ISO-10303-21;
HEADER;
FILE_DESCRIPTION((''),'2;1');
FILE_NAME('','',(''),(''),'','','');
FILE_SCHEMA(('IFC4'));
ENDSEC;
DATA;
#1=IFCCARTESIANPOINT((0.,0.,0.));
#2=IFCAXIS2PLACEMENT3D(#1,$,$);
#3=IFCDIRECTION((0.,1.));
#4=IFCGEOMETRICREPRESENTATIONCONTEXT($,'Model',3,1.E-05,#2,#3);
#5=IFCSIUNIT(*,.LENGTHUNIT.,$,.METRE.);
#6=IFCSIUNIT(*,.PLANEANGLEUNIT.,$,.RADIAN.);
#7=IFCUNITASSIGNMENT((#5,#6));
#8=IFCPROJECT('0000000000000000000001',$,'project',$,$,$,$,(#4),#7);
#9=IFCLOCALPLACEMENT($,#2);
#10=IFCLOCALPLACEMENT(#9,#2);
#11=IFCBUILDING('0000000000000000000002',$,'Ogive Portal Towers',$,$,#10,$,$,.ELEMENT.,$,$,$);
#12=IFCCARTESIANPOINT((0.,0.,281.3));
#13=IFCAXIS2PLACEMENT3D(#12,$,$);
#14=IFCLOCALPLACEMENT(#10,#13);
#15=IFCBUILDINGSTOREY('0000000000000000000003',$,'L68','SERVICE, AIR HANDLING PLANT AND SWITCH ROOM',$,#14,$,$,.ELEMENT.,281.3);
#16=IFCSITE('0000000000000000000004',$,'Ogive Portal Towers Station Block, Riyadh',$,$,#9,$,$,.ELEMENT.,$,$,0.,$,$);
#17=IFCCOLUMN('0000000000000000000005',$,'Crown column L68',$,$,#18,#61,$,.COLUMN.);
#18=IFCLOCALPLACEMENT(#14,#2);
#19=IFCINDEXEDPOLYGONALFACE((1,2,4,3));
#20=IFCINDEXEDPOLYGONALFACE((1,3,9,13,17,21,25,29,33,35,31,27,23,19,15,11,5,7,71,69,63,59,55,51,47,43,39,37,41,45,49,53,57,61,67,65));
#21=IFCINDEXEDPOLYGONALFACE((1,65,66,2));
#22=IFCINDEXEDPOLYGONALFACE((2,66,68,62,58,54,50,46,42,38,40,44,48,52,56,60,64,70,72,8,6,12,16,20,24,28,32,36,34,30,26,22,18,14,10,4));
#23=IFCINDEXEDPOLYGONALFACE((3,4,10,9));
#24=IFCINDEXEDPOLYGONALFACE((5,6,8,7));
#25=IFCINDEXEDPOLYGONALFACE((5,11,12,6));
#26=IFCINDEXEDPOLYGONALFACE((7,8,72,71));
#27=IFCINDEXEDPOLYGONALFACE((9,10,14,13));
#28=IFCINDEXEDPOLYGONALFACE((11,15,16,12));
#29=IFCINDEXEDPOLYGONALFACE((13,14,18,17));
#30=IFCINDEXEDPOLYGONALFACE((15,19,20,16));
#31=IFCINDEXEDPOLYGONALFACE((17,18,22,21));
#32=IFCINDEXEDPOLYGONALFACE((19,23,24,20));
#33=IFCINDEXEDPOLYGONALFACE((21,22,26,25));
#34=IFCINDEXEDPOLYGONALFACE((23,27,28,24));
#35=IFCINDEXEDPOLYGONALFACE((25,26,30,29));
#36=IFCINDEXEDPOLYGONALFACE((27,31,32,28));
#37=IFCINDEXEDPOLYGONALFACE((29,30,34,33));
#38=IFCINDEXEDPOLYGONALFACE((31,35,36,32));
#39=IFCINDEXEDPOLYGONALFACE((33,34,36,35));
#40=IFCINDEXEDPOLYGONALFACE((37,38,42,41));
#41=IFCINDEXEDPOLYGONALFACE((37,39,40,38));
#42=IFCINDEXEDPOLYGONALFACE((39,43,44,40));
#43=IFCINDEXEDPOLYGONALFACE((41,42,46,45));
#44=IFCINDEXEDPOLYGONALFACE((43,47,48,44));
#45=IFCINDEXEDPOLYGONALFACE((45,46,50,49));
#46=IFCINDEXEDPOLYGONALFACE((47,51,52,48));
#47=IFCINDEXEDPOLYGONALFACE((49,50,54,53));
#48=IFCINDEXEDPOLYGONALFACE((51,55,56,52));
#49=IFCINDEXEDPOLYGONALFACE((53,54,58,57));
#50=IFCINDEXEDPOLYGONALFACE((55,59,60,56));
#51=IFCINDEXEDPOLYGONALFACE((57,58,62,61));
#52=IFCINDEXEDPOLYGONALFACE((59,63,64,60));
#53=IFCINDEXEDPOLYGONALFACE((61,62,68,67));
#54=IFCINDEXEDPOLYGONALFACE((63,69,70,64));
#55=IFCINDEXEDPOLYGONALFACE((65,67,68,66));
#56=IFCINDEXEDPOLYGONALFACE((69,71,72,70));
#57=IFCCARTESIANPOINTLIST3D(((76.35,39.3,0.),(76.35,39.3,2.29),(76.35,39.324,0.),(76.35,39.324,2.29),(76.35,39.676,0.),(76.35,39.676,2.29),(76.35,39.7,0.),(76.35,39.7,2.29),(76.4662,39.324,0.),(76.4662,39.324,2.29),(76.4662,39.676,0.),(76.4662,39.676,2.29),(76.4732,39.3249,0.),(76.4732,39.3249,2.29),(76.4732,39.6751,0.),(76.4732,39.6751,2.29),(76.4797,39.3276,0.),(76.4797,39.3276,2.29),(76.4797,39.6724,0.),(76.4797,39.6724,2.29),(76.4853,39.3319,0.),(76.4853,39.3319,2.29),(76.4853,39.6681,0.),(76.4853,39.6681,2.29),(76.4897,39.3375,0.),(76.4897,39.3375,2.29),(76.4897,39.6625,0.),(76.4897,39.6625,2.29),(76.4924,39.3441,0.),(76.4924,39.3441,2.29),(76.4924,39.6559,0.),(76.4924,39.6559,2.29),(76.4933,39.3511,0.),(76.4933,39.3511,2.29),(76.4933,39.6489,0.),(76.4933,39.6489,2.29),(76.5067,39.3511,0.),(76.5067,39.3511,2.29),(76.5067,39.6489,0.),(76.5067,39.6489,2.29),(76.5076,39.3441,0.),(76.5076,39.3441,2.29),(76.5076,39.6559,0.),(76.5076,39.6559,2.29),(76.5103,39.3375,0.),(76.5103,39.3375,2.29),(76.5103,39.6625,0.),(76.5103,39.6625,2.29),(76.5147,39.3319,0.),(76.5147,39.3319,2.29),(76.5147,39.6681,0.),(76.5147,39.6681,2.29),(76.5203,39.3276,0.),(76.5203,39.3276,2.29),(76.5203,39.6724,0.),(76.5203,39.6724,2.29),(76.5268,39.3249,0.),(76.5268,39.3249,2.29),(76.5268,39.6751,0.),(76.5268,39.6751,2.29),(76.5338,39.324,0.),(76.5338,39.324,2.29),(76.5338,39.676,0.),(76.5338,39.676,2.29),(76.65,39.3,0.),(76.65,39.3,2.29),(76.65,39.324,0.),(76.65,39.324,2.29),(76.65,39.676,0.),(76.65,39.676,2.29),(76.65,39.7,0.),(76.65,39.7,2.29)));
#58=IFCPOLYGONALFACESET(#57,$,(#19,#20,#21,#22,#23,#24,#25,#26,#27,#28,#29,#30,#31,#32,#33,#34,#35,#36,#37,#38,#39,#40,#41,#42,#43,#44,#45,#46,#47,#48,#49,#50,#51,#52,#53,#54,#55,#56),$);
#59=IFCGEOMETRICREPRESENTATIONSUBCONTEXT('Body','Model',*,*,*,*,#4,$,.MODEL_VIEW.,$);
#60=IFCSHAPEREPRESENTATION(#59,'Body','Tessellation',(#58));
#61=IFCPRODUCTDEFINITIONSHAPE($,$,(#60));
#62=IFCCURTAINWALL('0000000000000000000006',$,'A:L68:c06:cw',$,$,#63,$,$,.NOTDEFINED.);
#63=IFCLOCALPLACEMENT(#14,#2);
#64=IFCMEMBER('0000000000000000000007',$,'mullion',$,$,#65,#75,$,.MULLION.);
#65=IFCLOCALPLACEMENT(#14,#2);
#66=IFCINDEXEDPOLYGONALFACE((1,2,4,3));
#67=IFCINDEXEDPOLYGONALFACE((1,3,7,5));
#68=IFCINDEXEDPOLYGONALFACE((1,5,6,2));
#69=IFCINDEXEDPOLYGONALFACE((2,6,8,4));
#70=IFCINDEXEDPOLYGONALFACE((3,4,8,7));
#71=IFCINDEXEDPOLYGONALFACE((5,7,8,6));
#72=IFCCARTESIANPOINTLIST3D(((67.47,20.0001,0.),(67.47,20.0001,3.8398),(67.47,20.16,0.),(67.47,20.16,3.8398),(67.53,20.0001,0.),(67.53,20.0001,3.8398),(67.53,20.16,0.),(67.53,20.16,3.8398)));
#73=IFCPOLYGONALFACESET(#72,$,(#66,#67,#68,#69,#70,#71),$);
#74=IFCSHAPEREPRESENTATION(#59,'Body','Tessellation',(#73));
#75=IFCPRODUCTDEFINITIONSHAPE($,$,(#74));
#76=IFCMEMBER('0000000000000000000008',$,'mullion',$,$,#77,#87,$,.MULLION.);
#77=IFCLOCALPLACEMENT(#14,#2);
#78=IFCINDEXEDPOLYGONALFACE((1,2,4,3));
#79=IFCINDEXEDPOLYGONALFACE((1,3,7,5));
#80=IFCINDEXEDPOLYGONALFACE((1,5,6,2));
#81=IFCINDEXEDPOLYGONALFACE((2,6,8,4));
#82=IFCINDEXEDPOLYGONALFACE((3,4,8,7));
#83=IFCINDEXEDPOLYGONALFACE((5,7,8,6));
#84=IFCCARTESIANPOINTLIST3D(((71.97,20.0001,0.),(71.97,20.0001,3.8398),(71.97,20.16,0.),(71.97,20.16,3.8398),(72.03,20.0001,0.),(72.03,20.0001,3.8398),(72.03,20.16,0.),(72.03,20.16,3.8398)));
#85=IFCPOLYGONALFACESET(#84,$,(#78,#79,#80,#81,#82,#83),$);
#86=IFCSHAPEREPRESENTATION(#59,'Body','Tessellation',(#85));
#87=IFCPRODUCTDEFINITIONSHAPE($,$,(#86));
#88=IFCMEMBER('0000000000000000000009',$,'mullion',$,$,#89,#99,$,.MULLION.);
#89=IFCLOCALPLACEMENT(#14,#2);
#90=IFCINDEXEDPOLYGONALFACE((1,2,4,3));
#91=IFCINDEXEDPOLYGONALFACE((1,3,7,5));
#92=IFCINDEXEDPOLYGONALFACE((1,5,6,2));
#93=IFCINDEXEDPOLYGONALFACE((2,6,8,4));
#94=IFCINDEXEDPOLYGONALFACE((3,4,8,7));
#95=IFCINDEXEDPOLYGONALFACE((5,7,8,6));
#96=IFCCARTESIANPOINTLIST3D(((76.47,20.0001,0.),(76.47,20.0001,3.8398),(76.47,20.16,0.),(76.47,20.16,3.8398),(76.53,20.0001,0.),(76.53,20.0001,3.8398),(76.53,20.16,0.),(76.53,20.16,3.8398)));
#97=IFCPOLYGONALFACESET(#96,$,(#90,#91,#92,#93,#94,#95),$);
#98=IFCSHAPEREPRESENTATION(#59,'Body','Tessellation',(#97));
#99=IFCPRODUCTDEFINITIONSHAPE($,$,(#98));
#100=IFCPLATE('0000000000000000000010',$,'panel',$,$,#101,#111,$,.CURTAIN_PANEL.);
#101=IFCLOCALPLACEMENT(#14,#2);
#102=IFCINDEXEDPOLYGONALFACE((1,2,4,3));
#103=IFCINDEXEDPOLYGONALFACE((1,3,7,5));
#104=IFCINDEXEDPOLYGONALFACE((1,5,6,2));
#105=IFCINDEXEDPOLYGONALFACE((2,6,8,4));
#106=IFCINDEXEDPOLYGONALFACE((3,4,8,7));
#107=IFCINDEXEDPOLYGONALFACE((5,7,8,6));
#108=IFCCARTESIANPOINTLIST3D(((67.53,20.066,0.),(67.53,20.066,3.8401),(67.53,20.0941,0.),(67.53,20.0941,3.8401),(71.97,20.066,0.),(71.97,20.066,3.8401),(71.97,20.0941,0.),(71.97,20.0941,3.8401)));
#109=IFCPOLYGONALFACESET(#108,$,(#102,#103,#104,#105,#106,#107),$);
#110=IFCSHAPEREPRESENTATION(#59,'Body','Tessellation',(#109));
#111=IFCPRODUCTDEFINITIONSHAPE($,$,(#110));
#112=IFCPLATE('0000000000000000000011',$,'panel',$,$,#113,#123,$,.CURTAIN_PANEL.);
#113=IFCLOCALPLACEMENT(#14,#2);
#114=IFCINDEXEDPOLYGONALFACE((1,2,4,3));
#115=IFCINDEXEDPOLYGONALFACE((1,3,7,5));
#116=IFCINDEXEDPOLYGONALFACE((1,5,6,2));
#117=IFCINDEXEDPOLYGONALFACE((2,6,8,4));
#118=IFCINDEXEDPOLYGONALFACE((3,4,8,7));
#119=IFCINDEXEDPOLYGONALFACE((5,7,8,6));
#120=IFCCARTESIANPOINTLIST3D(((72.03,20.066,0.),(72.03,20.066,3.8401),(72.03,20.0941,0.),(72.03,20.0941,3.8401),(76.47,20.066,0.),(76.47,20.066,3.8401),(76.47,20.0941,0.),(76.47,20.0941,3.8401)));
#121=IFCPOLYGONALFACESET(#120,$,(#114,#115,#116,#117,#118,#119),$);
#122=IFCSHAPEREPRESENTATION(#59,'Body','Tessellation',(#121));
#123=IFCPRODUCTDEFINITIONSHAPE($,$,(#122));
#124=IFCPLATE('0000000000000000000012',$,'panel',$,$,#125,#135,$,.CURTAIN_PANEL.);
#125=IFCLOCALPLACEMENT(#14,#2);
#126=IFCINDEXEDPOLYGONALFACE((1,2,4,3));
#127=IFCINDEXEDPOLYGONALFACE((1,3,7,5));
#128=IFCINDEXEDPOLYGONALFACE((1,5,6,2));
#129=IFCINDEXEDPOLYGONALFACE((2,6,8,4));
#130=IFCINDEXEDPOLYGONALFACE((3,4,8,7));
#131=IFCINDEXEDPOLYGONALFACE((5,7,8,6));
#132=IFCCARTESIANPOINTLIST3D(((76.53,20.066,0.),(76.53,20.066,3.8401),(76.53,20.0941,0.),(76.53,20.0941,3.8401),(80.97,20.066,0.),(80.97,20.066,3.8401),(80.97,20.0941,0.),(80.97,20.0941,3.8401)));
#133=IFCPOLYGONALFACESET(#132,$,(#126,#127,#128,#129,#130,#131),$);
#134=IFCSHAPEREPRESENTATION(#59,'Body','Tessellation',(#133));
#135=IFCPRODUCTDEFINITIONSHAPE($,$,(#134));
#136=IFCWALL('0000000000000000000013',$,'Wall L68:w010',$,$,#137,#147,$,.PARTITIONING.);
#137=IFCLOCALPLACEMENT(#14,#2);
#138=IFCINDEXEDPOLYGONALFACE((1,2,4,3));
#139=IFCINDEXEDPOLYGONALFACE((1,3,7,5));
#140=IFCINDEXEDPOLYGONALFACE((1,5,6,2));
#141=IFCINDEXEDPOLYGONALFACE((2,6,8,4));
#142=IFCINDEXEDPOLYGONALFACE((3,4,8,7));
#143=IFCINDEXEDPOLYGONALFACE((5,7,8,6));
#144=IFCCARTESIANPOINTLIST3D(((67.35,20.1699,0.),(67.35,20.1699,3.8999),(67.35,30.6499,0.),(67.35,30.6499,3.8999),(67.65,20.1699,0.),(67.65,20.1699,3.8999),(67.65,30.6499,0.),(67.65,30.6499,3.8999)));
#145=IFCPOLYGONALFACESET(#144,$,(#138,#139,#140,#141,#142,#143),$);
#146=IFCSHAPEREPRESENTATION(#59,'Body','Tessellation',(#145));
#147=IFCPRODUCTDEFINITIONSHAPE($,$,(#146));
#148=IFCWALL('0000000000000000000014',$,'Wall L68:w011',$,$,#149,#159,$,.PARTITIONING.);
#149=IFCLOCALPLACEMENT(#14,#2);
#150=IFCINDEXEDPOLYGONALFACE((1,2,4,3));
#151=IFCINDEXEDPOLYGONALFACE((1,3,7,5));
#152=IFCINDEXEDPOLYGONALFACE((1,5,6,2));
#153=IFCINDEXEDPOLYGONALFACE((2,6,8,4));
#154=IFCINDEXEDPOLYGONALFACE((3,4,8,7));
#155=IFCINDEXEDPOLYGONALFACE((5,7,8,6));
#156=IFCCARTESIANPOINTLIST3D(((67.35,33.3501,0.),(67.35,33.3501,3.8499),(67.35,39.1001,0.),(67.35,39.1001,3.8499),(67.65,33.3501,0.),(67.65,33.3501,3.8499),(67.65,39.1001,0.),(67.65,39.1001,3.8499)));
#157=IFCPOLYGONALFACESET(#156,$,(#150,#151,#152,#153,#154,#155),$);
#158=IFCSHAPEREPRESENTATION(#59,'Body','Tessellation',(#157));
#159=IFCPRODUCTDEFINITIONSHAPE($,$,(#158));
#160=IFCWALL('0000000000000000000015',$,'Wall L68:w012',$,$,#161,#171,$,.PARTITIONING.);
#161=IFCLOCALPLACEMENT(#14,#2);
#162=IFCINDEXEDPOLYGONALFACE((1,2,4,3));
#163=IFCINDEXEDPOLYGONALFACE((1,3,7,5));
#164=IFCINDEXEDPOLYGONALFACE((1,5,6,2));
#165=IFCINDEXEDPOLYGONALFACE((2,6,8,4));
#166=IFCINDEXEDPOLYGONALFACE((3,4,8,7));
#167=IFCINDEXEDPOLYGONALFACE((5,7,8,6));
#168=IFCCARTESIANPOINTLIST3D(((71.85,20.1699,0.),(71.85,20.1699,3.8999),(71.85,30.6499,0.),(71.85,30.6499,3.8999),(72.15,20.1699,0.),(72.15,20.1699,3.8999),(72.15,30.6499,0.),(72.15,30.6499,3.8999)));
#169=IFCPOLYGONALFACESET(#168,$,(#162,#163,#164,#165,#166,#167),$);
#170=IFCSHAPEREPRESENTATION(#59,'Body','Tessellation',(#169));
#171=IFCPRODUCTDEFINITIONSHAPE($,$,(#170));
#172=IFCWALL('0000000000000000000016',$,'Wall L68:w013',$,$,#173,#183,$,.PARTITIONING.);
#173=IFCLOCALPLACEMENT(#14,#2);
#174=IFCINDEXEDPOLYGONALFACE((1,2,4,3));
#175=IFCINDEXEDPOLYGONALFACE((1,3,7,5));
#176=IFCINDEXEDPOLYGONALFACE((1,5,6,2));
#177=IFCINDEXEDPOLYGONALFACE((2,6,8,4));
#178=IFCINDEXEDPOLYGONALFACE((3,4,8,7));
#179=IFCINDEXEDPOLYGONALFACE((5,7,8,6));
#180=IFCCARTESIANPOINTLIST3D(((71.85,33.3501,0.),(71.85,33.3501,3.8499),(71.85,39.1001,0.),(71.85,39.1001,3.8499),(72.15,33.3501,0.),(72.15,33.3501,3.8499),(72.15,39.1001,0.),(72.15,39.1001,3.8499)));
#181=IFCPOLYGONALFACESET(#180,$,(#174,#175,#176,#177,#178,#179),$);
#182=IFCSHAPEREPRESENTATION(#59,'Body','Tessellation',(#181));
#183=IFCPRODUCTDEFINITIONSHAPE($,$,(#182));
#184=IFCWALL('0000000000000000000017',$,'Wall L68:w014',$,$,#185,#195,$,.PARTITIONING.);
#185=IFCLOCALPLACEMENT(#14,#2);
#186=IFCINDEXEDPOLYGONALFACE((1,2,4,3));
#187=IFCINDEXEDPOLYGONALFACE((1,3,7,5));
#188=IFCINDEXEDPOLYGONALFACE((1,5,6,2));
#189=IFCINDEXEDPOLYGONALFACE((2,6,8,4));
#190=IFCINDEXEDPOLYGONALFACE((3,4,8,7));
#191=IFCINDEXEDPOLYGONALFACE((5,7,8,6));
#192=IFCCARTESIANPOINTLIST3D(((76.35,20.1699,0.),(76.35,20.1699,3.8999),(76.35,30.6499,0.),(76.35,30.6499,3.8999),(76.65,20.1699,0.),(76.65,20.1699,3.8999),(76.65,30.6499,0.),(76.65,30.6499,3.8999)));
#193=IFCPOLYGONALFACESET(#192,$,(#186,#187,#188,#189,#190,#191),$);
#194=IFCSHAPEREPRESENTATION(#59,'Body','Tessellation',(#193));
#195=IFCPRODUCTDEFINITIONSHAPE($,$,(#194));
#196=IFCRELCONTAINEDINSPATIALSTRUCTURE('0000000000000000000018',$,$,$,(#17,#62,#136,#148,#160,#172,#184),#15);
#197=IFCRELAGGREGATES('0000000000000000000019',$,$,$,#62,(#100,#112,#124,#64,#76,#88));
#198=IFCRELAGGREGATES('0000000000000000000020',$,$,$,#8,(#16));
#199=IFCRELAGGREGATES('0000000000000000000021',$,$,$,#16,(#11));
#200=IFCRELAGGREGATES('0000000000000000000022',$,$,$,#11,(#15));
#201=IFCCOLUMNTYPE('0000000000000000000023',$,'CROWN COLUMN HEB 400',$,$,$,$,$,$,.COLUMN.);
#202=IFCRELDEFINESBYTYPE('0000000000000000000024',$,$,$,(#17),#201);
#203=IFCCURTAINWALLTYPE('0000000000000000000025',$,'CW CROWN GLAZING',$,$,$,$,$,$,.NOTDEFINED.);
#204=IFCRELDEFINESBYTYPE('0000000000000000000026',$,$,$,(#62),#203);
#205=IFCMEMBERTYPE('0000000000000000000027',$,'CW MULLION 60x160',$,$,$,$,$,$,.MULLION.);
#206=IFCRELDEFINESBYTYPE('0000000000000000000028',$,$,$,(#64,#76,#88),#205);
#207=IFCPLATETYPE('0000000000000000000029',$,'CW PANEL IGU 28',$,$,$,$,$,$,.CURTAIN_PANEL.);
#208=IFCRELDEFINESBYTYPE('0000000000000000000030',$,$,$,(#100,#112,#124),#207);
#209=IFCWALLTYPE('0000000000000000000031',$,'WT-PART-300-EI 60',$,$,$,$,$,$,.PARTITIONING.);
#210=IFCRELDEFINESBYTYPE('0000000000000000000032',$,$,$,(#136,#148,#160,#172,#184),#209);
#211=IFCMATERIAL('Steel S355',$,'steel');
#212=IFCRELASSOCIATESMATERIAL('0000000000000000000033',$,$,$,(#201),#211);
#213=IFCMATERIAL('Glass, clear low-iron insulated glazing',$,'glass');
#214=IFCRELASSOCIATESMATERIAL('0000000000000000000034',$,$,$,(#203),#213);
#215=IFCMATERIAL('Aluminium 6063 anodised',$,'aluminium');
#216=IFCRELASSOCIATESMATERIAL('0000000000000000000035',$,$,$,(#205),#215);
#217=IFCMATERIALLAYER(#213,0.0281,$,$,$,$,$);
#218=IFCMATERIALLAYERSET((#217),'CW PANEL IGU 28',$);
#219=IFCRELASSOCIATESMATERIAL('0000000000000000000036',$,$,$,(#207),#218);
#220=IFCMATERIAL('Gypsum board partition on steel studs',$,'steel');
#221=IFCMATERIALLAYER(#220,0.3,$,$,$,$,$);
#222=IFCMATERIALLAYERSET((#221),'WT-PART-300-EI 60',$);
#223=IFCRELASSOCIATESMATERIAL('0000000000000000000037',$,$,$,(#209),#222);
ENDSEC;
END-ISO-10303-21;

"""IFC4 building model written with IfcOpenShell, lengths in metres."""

from ifc_helpers import new_model, si_unit, direction, frame, frame_2d, origin, origin_2d, place, context, subcontext, project, spatial, rectangle, i_section, extrude, material, layer, layer_set, material_profile, profile_set, type_object, element, aggregate, save


model = new_model("IFC4")

# Units and contexts
model_context = context("Model", 3, precision=1e-05, world=origin(), true_north=direction((0.0, 1.0)))
body_context = subcontext(model_context, "Body", "Model", "MODEL_VIEW")
ifc_project = project(units=[si_unit("LENGTHUNIT", "METRE"), si_unit("PLANEANGLEUNIT", "RADIAN")], contexts=[model_context])

# Site, building, storey
site_placement = place(None, origin())
site = spatial("IfcSite", under=ifc_project, at=site_placement, Name="Ogive Portal Towers Station Block, Riyadh", CompositionType="ELEMENT", RefElevation=0.0)
building_placement = place(site_placement, origin())
building = spatial("IfcBuilding", under=site, at=building_placement, Name="Ogive Portal Towers", CompositionType="ELEMENT")
storey_placement = place(building_placement, frame((0.0, 0.0, 281.3)))
storey = spatial("IfcBuildingStorey", under=building, at=storey_placement, Name="L68", Description="SERVICE, AIR HANDLING PLANT AND SWITCH ROOM", CompositionType="ELEMENT", Elevation=281.3)

# Column
ifc_material_1 = material(Name="Steel S355", Category="steel")
ifc_material_profile_1 = material_profile(ifc_material_1, i_section(OverallWidth=0.3, OverallDepth=0.3999, WebThickness=0.0134, FlangeThickness=0.0239, FilletRadius=0.0271, at=origin_2d()), Name="HEB 400")
ifc_profile_set_1 = profile_set([ifc_material_profile_1], Name="Steel S355")
column_type = type_object("IfcColumnType", Name="CROWN COLUMN HEB 400", PredefinedType="COLUMN", material=ifc_profile_set_1)
column_1_placement = place(storey_placement, frame((76.5, 39.5, 0.0), z_axis=(0.0, 0.0, 1.0), x_axis=(1.0, 0.0, 0.0)))
element("IfcColumn", 1, at=column_1_placement, inside=storey, type_object=column_type, Name="Crown column L68", PredefinedType="COLUMN", context=body_context, shape_type="SweptSolid", body=[
    extrude(i_section(OverallWidth=0.3, OverallDepth=0.3999, WebThickness=0.0134, FlangeThickness=0.0239, FilletRadius=0.0271, at=origin_2d()), origin(), (0.0, 0.0, 1.0), 2.29),
])

# Curtain wall, members, plates
ifc_material_2 = material(Name="Glass, clear low-iron insulated glazing", Category="glass")
curtain_wall_type = type_object("IfcCurtainWallType", Name="CW CROWN GLAZING", PredefinedType="NOTDEFINED", material=ifc_material_2)
curtain_wall_placement = place(storey_placement, origin())
curtain_wall = element("IfcCurtainWall", 2, at=curtain_wall_placement, inside=storey, type_object=curtain_wall_type, Name="A:L68:c06:cw", PredefinedType="NOTDEFINED")
ifc_material_3 = material(Name="Aluminium 6063 anodised", Category="aluminium")
ifc_material_profile_2 = material_profile(ifc_material_3, rectangle(XDim=0.1599, YDim=0.0601, at=origin_2d()), Name="AL 60x160")
ifc_profile_set_2 = profile_set([ifc_material_profile_2], Name="Aluminium 6063 anodised")
member_type = type_object("IfcMemberType", Name="CW MULLION 60x160", PredefinedType="MULLION", material=ifc_profile_set_2)
member_1_placement = place(storey_placement, frame((67.5, 20.0801, 0.0), z_axis=(0.0, 0.0, 1.0), x_axis=(0.0, 1.0, 0.0)))
member_1 = element("IfcMember", 3, at=member_1_placement, type_object=member_type, Name="mullion", PredefinedType="MULLION", context=body_context, shape_type="SweptSolid", body=[
    extrude(rectangle(XDim=0.1599, YDim=0.0601, at=origin_2d()), origin(), (0.0, 0.0, 1.0), 3.8398),
])
member_2_placement = place(storey_placement, frame((72.0, 20.0801, 0.0), z_axis=(0.0, 0.0, 1.0), x_axis=(0.0, 1.0, 0.0)))
member_2 = element("IfcMember", 4, at=member_2_placement, type_object=member_type, Name="mullion", PredefinedType="MULLION", context=body_context, shape_type="SweptSolid", body=[
    extrude(rectangle(XDim=0.1599, YDim=0.0601, at=origin_2d()), origin(), (0.0, 0.0, 1.0), 3.8398),
])
member_3_placement = place(storey_placement, frame((76.5, 20.0801, 0.0), z_axis=(0.0, 0.0, 1.0), x_axis=(0.0, 1.0, 0.0)))
member_3 = element("IfcMember", 5, at=member_3_placement, type_object=member_type, Name="mullion", PredefinedType="MULLION", context=body_context, shape_type="SweptSolid", body=[
    extrude(rectangle(XDim=0.1599, YDim=0.0601, at=origin_2d()), origin(), (0.0, 0.0, 1.0), 3.8398),
])
ifc_layer_1 = layer(ifc_material_2, 0.0281)
ifc_layer_set_1 = layer_set([ifc_layer_1], Name="CW PANEL IGU 28")
plate_type = type_object("IfcPlateType", Name="CW PANEL IGU 28", PredefinedType="CURTAIN_PANEL", material=ifc_layer_set_1)
plate_1_placement = place(storey_placement, frame((69.75, 20.0801, 0.0), z_axis=(0.0, 0.0, 1.0), x_axis=(1.0, 0.0, 0.0)))
plate_1 = element("IfcPlate", 6, at=plate_1_placement, type_object=plate_type, Name="panel", PredefinedType="CURTAIN_PANEL", context=body_context, shape_type="SweptSolid", body=[
    extrude(rectangle(XDim=4.4399, YDim=0.0281, at=origin_2d()), origin(), (0.0, 0.0, 1.0), 3.8401),
])
plate_2_placement = place(storey_placement, frame((74.25, 20.0801, 0.0), z_axis=(0.0, 0.0, 1.0), x_axis=(1.0, 0.0, 0.0)))
plate_2 = element("IfcPlate", 7, at=plate_2_placement, type_object=plate_type, Name="panel", PredefinedType="CURTAIN_PANEL", context=body_context, shape_type="SweptSolid", body=[
    extrude(rectangle(XDim=4.4399, YDim=0.0281, at=origin_2d()), origin(), (0.0, 0.0, 1.0), 3.8401),
])
plate_3_placement = place(storey_placement, frame((78.75, 20.0801, 0.0), z_axis=(0.0, 0.0, 1.0), x_axis=(1.0, 0.0, 0.0)))
plate_3 = element("IfcPlate", 8, at=plate_3_placement, type_object=plate_type, Name="panel", PredefinedType="CURTAIN_PANEL", context=body_context, shape_type="SweptSolid", body=[
    extrude(rectangle(XDim=4.4399, YDim=0.0281, at=origin_2d()), origin(), (0.0, 0.0, 1.0), 3.8401),
])
aggregate(curtain_wall, [plate_1, plate_2, plate_3, member_1, member_2, member_3])

# Walls
ifc_material_4 = material(Name="Gypsum board partition on steel studs", Category="steel")
ifc_layer_2 = layer(ifc_material_4, 0.3)
ifc_layer_set_2 = layer_set([ifc_layer_2], Name="WT-PART-300-EI 60")
wall_type = type_object("IfcWallType", Name="WT-PART-300-EI 60", PredefinedType="PARTITIONING", material=ifc_layer_set_2)
wall_1_placement = place(storey_placement, frame((67.5, 20.1699, 0.0), z_axis=(0.0, 0.0, 1.0), x_axis=(0.0, 1.0, 0.0)))
element("IfcWall", 9, at=wall_1_placement, inside=storey, type_object=wall_type, Name="Wall L68:w010", PredefinedType="PARTITIONING", context=body_context, shape_type="SweptSolid", body=[
    extrude(rectangle(XDim=10.48, YDim=0.3, at=frame_2d((5.24, 0.0))), origin(), (0.0, 0.0, 1.0), 3.8999),
])
wall_2_placement = place(storey_placement, frame((67.5, 33.3501, 0.0), z_axis=(0.0, 0.0, 1.0), x_axis=(0.0, 1.0, 0.0)))
element("IfcWall", 10, at=wall_2_placement, inside=storey, type_object=wall_type, Name="Wall L68:w011", PredefinedType="PARTITIONING", context=body_context, shape_type="SweptSolid", body=[
    extrude(rectangle(XDim=5.75, YDim=0.3, at=frame_2d((2.875, 0.0))), origin(), (0.0, 0.0, 1.0), 3.8499),
])
wall_3_placement = place(storey_placement, frame((72.0, 20.1699, 0.0), z_axis=(0.0, 0.0, 1.0), x_axis=(0.0, 1.0, 0.0)))
element("IfcWall", 11, at=wall_3_placement, inside=storey, type_object=wall_type, Name="Wall L68:w012", PredefinedType="PARTITIONING", context=body_context, shape_type="SweptSolid", body=[
    extrude(rectangle(XDim=10.48, YDim=0.3, at=frame_2d((5.24, 0.0))), origin(), (0.0, 0.0, 1.0), 3.8999),
])
wall_4_placement = place(storey_placement, frame((72.0, 33.3501, 0.0), z_axis=(0.0, 0.0, 1.0), x_axis=(0.0, 1.0, 0.0)))
element("IfcWall", 12, at=wall_4_placement, inside=storey, type_object=wall_type, Name="Wall L68:w013", PredefinedType="PARTITIONING", context=body_context, shape_type="SweptSolid", body=[
    extrude(rectangle(XDim=5.75, YDim=0.3, at=frame_2d((2.875, 0.0))), origin(), (0.0, 0.0, 1.0), 3.8499),
])
wall_5_placement = place(storey_placement, frame((76.5, 20.1699, 0.0), z_axis=(0.0, 0.0, 1.0), x_axis=(0.0, 1.0, 0.0)))
element("IfcWall", 13, at=wall_5_placement, inside=storey, type_object=wall_type, Name="Wall L68:w014", PredefinedType="PARTITIONING", context=body_context, shape_type="SweptSolid", body=[
    extrude(rectangle(XDim=10.48, YDim=0.3, at=frame_2d((5.24, 0.0))), origin(), (0.0, 0.0, 1.0), 3.8999),
])

save(model, "model.ifc")
